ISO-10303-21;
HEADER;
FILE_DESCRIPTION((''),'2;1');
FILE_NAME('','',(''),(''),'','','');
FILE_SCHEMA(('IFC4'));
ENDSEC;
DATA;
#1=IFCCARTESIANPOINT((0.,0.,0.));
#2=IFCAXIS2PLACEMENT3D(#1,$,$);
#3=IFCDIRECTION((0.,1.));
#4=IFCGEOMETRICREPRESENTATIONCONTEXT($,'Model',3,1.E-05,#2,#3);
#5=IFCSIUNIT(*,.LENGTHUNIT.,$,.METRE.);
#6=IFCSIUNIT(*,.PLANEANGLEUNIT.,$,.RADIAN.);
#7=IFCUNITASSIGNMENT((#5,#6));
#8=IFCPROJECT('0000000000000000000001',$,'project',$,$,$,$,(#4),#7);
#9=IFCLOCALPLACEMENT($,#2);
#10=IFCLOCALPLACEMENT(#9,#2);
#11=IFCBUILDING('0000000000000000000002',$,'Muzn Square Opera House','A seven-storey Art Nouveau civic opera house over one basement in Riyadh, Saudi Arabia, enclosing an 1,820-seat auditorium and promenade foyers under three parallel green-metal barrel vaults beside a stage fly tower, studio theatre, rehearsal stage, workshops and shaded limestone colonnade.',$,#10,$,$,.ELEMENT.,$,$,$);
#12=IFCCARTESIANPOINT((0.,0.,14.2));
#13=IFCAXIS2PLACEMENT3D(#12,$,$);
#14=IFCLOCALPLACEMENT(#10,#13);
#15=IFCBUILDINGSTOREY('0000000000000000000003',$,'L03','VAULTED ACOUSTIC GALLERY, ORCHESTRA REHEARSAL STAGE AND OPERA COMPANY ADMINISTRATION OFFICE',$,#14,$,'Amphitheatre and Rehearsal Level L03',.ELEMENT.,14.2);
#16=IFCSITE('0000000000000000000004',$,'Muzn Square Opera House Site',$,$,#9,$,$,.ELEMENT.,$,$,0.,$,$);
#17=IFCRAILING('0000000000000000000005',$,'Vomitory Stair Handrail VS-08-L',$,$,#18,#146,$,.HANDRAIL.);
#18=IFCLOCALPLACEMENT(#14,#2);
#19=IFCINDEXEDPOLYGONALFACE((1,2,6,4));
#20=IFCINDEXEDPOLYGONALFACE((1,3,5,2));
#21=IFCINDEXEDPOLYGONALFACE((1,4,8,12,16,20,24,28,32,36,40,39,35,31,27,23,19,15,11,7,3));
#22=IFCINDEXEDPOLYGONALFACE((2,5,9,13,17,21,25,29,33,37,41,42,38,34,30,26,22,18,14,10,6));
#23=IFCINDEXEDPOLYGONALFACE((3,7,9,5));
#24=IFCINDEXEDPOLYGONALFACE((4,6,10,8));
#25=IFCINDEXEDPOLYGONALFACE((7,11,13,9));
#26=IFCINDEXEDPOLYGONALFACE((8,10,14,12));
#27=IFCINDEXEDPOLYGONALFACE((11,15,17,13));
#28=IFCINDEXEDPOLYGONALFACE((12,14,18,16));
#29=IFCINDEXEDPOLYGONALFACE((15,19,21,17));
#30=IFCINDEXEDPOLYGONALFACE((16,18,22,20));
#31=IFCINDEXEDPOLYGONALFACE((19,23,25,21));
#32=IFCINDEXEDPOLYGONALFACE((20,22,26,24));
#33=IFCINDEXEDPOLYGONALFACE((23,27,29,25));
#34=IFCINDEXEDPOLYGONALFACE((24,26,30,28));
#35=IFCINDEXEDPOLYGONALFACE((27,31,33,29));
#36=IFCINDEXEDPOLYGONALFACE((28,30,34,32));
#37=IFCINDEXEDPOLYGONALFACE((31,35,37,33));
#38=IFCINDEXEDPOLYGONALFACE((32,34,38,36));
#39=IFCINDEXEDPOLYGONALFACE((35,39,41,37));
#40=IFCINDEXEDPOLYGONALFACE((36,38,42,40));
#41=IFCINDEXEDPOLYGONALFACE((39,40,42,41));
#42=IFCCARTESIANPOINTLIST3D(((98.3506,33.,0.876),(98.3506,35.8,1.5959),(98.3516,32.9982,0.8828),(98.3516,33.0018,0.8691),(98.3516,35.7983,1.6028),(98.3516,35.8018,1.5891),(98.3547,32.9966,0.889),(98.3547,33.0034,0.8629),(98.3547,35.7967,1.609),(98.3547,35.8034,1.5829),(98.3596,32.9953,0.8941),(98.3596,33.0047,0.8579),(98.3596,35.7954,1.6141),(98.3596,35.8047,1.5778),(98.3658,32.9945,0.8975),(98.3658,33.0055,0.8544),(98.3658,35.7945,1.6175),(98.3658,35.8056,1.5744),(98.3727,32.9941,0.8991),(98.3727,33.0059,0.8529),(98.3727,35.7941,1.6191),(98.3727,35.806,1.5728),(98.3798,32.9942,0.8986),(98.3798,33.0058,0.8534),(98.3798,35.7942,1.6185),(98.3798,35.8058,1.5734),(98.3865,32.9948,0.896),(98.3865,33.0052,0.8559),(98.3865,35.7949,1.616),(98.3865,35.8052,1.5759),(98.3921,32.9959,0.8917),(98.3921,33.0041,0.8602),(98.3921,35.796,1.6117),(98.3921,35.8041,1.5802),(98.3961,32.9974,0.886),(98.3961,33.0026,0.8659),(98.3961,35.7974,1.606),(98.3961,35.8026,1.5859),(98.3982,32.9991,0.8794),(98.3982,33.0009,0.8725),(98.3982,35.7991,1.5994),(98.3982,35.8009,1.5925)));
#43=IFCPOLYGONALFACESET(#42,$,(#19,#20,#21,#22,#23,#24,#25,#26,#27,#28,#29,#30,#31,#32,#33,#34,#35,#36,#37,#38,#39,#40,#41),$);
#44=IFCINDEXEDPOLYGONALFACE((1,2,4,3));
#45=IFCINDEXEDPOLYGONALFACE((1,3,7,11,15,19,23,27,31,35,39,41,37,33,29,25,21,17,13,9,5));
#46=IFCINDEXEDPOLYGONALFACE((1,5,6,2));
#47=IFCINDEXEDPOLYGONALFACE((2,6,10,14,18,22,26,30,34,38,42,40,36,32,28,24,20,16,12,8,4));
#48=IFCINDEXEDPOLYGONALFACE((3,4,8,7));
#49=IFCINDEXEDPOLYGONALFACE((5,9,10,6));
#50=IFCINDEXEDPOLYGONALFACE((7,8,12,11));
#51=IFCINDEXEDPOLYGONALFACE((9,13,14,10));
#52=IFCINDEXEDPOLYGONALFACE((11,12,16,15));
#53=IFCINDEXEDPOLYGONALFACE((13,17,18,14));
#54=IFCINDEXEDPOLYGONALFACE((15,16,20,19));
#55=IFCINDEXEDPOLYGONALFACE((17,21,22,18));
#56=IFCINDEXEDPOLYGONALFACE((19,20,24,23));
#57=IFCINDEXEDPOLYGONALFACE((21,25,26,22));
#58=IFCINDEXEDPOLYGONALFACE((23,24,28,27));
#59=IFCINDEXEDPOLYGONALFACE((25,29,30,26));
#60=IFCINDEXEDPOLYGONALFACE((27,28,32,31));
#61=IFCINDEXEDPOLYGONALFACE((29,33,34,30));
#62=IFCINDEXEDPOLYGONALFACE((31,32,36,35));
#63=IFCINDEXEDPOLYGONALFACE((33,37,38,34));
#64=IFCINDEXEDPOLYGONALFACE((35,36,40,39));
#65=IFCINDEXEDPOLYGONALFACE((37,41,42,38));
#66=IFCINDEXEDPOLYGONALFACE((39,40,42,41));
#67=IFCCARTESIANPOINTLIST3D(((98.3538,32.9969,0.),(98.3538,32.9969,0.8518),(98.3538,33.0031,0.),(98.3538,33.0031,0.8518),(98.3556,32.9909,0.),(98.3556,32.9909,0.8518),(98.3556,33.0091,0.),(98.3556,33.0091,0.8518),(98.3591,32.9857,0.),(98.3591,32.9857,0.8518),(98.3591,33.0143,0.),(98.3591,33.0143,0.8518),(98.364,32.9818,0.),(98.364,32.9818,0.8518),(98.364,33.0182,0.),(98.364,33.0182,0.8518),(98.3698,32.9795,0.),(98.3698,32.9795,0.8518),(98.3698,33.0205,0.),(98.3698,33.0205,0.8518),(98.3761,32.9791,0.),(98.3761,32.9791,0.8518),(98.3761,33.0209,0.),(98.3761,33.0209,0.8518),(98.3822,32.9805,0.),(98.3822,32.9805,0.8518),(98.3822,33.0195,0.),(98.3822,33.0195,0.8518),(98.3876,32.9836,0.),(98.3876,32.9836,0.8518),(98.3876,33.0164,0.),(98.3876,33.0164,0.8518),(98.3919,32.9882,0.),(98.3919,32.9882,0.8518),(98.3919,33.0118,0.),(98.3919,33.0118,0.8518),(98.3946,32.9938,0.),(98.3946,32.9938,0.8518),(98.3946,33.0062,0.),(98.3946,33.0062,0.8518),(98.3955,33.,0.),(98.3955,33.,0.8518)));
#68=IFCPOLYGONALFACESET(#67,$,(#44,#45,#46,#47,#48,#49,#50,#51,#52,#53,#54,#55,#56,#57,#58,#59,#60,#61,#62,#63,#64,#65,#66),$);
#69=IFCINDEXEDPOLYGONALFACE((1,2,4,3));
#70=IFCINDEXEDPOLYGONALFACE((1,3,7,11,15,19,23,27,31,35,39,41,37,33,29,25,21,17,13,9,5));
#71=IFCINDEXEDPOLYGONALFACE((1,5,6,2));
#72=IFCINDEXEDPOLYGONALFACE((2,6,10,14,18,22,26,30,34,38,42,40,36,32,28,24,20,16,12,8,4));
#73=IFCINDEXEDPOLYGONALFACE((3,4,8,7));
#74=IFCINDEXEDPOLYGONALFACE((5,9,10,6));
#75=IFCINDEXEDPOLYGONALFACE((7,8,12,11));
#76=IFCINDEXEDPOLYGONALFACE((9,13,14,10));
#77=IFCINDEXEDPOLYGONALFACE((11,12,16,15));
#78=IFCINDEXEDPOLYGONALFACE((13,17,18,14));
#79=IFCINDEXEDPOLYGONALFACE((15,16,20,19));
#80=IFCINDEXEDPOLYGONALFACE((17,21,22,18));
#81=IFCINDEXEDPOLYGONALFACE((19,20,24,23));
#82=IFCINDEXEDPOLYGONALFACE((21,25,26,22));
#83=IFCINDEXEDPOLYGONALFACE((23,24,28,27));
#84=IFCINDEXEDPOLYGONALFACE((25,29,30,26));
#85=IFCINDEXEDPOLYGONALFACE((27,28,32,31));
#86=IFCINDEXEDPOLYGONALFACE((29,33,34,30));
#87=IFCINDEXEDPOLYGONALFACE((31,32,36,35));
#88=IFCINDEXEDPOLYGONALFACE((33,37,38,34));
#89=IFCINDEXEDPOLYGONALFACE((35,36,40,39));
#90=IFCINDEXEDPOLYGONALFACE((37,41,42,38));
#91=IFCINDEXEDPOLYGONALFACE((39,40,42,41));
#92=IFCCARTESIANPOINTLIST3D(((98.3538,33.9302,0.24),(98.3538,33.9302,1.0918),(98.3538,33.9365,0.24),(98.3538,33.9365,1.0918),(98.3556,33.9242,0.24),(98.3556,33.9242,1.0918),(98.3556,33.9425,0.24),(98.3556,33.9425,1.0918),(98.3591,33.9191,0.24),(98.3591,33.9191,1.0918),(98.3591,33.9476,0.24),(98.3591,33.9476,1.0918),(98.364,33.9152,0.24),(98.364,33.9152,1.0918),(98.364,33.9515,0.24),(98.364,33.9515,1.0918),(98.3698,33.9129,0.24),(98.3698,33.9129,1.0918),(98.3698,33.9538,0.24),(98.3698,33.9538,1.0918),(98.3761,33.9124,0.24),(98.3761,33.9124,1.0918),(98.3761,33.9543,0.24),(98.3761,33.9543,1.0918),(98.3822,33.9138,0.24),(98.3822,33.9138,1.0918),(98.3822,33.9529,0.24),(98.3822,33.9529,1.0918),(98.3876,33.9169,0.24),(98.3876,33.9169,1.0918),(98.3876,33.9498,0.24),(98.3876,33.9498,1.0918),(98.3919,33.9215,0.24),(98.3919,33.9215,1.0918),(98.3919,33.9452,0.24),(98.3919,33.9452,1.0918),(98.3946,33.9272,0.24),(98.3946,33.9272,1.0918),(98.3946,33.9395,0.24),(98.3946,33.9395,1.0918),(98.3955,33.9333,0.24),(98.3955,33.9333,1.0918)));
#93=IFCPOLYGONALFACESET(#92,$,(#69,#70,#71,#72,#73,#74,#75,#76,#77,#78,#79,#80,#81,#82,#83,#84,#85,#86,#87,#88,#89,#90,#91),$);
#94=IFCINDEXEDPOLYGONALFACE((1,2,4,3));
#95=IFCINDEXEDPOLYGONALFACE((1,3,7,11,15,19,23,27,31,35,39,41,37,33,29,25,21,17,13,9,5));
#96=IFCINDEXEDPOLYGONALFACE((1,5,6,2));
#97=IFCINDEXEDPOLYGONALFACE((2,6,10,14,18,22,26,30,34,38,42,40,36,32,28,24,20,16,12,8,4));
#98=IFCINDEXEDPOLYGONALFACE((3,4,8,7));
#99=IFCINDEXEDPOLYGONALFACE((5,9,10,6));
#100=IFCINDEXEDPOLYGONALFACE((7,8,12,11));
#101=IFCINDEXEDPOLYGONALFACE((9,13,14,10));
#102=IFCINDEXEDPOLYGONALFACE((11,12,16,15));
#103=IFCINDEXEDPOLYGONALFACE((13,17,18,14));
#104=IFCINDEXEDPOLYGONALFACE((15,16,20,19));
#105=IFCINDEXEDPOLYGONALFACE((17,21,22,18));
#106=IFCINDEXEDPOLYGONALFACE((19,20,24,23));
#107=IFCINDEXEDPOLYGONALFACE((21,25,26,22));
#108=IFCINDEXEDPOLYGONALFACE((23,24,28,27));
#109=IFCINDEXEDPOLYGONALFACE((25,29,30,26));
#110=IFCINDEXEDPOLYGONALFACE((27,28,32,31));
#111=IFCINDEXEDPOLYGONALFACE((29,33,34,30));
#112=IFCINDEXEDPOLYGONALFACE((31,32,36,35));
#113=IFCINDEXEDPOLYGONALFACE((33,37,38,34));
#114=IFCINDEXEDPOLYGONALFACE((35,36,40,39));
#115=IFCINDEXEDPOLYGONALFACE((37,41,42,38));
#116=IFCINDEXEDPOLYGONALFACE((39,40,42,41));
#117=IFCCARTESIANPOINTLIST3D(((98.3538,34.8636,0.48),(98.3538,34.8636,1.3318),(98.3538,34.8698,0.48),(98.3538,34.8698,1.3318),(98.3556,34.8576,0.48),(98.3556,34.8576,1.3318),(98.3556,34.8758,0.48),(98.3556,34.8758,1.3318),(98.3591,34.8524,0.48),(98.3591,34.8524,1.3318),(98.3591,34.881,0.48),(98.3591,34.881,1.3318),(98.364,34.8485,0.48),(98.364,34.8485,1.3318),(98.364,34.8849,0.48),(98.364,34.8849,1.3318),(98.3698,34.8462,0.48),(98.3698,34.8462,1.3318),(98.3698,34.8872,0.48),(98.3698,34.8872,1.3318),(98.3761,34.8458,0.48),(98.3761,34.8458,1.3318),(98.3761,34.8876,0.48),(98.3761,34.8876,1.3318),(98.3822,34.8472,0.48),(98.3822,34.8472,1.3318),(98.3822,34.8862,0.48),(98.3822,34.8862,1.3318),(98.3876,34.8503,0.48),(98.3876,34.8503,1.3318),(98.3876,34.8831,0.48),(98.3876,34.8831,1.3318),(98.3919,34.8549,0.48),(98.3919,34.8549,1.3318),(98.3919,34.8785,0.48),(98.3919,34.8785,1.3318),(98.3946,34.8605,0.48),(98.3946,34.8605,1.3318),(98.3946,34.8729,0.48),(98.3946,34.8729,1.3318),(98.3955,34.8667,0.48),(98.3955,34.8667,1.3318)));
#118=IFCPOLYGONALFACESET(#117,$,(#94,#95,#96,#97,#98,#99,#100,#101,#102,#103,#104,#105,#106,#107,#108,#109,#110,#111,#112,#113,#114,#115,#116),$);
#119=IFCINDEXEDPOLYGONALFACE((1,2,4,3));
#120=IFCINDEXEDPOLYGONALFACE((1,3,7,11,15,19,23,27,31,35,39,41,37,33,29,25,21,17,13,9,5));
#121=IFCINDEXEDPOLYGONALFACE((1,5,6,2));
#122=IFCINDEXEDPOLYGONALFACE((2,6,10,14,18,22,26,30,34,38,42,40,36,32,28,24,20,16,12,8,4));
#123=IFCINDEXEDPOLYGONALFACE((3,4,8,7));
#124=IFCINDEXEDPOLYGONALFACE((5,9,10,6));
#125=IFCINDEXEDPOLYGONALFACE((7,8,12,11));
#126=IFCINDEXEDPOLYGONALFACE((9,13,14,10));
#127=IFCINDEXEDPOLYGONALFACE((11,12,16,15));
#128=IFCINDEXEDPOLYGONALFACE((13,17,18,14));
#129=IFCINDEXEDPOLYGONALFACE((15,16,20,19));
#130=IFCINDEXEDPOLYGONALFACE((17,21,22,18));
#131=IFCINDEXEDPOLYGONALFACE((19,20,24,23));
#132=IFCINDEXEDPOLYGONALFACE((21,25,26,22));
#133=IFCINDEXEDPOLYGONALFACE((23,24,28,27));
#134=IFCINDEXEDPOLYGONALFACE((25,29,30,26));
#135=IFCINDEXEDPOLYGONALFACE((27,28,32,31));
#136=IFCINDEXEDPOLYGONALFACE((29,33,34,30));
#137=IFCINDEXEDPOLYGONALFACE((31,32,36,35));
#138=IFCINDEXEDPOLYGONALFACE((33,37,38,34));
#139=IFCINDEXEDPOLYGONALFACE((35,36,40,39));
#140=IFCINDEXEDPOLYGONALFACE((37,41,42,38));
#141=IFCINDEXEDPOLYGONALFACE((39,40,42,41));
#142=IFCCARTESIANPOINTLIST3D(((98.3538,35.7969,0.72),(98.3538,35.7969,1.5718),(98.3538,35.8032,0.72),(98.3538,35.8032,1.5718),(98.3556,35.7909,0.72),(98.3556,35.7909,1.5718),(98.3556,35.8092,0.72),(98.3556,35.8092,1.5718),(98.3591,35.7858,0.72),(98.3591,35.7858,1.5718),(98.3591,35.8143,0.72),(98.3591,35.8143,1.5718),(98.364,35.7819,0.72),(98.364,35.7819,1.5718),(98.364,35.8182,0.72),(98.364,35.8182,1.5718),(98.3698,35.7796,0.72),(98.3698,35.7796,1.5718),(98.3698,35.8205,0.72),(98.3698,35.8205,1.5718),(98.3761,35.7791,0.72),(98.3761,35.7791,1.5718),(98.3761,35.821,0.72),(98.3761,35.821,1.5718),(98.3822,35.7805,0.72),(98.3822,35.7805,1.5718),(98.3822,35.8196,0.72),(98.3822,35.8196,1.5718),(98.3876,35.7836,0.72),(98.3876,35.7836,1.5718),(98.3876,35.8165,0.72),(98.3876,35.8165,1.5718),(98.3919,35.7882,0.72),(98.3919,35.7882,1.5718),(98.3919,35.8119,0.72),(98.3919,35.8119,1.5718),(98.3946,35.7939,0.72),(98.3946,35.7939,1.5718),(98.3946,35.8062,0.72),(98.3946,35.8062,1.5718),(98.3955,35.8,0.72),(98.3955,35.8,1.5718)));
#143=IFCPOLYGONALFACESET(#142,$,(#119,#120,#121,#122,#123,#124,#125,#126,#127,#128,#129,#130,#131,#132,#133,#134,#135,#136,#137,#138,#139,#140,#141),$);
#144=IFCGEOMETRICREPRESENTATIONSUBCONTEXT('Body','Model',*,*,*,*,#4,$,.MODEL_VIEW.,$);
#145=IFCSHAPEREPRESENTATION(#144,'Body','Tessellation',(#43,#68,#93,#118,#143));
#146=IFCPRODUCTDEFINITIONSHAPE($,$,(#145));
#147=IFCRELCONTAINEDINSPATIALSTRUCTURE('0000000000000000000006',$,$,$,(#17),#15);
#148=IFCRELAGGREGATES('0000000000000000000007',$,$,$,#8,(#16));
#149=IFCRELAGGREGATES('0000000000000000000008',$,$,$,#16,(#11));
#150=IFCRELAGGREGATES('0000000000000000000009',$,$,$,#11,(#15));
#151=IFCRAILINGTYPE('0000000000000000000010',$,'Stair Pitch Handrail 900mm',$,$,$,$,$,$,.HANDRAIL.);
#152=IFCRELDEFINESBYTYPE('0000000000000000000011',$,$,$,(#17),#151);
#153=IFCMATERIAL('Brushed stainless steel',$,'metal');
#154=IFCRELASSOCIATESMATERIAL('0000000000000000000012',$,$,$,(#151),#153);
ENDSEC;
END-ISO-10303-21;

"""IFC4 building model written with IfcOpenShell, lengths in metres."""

from ifc_helpers import new_model, si_unit, direction, frame, origin, origin_2d, place, context, subcontext, project, spatial, circle, extrude, material, type_object, element, save


model = new_model("IFC4")

# Units and contexts
model_context = context("Model", 3, precision=1e-05, world=origin(), true_north=direction((0.0, 1.0)))
body_context = subcontext(model_context, "Body", "Model", "MODEL_VIEW")
ifc_project = project(units=[si_unit("LENGTHUNIT", "METRE"), si_unit("PLANEANGLEUNIT", "RADIAN")], contexts=[model_context])

# Site, building, storey
site_placement = place(None, origin())
site = spatial("IfcSite", under=ifc_project, at=site_placement, Name="Muzn Square Opera House Site", CompositionType="ELEMENT", RefElevation=0.0)
building_placement = place(site_placement, origin())
building = spatial("IfcBuilding", under=site, at=building_placement, Name="Muzn Square Opera House", Description="A seven-storey Art Nouveau civic opera house over one basement in Riyadh, Saudi Arabia, enclosing an 1,820-seat auditorium and promenade foyers under three parallel green-metal barrel vaults beside a stage fly tower, studio theatre, rehearsal stage, workshops and shaded limestone colonnade.", CompositionType="ELEMENT")
storey_placement = place(building_placement, frame((0.0, 0.0, 14.2)))
storey = spatial("IfcBuildingStorey", under=building, at=storey_placement, Name="L03", Description="VAULTED ACOUSTIC GALLERY, ORCHESTRA REHEARSAL STAGE AND OPERA COMPANY ADMINISTRATION OFFICE", LongName="Amphitheatre and Rehearsal Level L03", CompositionType="ELEMENT", Elevation=14.2)

# Shared definitions
ifc_material_1 = material(Name="Brushed stainless steel", Category="metal")

# Railing
railing_type_1 = type_object("IfcRailingType", Name="Stair Pitch Handrail 900mm", PredefinedType="HANDRAIL", material=ifc_material_1)
railing_1_placement = place(storey_placement, frame((98.3745, 33.0, 0.0)))
element("IfcRailing", 1, at=railing_1_placement, inside=storey, type_object=railing_type_1, Name="Vomitory Stair Handrail VS-08-L", PredefinedType="HANDRAIL", context=body_context, shape_type="SweptSolid", body=[
    extrude(circle(Radius=0.0239, at=origin_2d()), frame((0.0, 0.0, 0.876), z_axis=(0.0, 0.968496, 0.249027), x_axis=(-1.0, 0.0, 0.0)), (0.0, 0.0, 1.0), 2.8911),
    extrude(circle(Radius=0.021, at=origin_2d()), origin(), (0.0, 0.0, 1.0), 0.8518),
    extrude(circle(Radius=0.021, at=origin_2d()), frame((0.0, 0.9333, 0.24)), (0.0, 0.0, 1.0), 0.8518),
    extrude(circle(Radius=0.021, at=origin_2d()), frame((0.0, 1.8667, 0.48)), (0.0, 0.0, 1.0), 0.8518),
    extrude(circle(Radius=0.021, at=origin_2d()), frame((0.0, 2.8, 0.72)), (0.0, 0.0, 1.0), 0.8518),
])

save(model, "model.ifc")
